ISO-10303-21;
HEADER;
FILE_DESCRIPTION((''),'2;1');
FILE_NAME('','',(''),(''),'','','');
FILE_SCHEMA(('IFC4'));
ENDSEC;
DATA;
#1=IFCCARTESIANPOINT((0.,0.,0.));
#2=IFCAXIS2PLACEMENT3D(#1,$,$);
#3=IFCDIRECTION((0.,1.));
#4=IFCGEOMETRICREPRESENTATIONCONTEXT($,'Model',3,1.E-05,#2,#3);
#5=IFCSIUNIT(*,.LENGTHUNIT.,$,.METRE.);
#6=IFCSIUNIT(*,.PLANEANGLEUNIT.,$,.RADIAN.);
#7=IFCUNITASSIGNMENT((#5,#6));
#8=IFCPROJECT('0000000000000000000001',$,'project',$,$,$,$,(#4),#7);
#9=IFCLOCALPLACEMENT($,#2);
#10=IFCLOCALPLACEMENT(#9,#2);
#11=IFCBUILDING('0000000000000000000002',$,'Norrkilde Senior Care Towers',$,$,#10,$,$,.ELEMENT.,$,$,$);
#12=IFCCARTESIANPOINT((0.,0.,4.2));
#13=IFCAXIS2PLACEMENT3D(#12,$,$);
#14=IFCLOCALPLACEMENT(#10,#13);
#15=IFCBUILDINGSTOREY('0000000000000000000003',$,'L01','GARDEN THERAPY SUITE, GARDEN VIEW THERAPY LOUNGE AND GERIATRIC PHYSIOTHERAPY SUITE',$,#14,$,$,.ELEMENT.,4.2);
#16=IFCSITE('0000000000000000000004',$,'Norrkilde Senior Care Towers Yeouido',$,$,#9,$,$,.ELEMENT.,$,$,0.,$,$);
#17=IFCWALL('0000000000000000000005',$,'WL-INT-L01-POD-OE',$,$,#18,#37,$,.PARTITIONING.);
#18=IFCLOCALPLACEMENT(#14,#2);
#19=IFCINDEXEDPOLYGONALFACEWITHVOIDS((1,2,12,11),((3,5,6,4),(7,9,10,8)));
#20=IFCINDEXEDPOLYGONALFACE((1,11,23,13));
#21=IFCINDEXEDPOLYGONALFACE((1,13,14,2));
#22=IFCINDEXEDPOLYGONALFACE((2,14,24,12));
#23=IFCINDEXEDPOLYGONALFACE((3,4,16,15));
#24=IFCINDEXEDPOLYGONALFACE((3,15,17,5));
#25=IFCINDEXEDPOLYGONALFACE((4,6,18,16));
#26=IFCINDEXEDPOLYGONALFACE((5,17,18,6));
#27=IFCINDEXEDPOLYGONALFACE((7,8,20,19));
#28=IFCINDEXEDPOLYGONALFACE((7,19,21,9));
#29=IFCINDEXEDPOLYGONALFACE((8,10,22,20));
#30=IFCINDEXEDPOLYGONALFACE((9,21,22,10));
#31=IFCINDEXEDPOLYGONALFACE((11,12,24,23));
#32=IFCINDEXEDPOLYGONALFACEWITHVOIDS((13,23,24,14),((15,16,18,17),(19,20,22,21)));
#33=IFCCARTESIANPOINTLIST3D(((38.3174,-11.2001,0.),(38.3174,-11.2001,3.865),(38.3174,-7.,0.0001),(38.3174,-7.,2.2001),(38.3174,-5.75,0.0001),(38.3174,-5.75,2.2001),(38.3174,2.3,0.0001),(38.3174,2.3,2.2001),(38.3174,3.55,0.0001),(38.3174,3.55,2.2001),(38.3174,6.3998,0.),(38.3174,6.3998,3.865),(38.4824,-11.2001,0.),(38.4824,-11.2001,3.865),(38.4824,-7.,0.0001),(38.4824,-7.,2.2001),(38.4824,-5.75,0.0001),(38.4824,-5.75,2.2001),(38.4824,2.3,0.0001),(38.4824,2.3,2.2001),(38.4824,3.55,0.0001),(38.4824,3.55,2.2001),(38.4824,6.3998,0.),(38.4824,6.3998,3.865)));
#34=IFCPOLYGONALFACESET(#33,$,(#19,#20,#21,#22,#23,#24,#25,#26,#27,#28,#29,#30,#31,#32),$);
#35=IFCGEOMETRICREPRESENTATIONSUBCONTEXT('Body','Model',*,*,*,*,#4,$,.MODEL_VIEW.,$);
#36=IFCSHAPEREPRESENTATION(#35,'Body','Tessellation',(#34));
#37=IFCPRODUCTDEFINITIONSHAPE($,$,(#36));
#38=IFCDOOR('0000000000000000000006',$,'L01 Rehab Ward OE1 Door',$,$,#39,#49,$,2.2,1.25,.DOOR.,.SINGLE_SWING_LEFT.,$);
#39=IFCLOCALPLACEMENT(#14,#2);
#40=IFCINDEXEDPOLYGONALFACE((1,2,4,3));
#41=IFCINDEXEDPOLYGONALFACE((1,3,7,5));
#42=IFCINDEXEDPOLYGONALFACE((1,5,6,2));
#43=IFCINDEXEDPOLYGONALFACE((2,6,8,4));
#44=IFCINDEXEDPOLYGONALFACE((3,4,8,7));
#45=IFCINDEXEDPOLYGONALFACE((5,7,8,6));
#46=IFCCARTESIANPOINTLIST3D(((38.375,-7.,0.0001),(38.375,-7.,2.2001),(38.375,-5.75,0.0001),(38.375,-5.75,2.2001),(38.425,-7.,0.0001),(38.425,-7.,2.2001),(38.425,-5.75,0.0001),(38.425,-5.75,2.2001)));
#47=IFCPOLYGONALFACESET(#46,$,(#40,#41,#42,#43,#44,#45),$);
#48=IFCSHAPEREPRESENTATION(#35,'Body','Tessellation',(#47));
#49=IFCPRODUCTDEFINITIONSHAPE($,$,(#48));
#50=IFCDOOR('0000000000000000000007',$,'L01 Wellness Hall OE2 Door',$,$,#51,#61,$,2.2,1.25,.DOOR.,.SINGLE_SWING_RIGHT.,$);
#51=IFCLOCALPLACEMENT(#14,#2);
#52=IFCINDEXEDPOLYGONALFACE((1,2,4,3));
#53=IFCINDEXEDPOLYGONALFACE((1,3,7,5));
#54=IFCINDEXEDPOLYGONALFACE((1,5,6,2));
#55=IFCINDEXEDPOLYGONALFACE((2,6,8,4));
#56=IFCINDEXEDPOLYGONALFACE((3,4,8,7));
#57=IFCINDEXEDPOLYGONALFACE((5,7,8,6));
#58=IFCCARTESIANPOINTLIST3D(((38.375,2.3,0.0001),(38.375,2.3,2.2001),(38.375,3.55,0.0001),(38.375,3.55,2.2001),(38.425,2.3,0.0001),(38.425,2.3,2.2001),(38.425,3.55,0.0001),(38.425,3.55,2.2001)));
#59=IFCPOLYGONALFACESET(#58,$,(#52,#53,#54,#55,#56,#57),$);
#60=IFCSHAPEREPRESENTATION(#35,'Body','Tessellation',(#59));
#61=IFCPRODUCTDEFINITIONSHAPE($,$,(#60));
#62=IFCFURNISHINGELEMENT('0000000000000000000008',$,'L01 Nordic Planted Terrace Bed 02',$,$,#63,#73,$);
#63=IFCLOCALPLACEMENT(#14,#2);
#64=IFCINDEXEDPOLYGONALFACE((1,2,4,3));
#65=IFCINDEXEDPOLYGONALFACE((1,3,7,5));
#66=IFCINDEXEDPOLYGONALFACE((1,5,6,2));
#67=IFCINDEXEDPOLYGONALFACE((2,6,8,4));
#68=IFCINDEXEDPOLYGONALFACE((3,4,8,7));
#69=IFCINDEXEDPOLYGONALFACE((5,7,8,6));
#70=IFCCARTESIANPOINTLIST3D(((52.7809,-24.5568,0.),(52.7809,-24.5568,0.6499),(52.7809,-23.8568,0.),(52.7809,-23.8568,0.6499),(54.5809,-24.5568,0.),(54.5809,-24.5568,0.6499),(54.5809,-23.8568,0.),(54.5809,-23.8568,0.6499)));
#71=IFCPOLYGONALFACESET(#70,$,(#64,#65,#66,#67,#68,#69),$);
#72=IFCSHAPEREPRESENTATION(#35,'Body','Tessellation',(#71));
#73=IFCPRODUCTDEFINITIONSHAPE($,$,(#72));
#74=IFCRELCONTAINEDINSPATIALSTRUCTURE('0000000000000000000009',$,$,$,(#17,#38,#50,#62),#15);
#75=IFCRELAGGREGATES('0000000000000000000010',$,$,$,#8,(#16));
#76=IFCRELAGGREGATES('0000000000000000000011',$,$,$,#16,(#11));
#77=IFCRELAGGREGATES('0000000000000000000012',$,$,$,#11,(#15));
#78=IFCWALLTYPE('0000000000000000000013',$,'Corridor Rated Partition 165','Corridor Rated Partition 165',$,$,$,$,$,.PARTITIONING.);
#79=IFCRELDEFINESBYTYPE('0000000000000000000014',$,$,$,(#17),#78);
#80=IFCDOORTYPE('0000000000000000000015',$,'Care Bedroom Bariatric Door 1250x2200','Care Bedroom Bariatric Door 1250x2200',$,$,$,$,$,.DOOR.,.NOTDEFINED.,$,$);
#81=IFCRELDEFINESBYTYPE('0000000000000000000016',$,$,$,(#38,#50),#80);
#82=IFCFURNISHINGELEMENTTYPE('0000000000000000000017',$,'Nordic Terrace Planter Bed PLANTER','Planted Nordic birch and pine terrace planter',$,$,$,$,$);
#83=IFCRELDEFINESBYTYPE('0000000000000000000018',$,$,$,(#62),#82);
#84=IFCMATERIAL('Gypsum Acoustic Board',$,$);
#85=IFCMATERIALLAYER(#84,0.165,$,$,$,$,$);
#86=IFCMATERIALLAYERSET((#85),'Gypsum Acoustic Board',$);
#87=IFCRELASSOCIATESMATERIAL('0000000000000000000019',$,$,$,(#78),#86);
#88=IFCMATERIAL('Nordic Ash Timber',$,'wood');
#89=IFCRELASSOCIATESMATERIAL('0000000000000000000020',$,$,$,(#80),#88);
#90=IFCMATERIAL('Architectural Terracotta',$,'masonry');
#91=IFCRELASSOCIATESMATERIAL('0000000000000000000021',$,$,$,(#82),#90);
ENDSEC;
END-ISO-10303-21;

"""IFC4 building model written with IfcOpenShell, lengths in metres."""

from ifc_helpers import new_model, si_unit, direction, frame, frame_2d, origin, origin_2d, place, context, subcontext, project, spatial, rectangle, extrude, source, transform, mapped, material, layer, layer_set, type_object, type_shapes, element, fill, save


model = new_model("IFC4")

# Units and contexts
model_context = context("Model", 3, precision=1e-05, world=origin(), true_north=direction((0.0, 1.0)))
body_context = subcontext(model_context, "Body", "Model", "MODEL_VIEW")
ifc_project = project(units=[si_unit("LENGTHUNIT", "METRE"), si_unit("PLANEANGLEUNIT", "RADIAN")], contexts=[model_context])

# Site, building, storey
site_placement = place(None, origin())
site = spatial("IfcSite", under=ifc_project, at=site_placement, Name="Norrkilde Senior Care Towers Yeouido", CompositionType="ELEMENT", RefElevation=0.0)
building_placement = place(site_placement, origin())
building = spatial("IfcBuilding", under=site, at=building_placement, Name="Norrkilde Senior Care Towers", CompositionType="ELEMENT")
storey_placement = place(building_placement, frame((0.0, 0.0, 4.2)))
storey = spatial("IfcBuildingStorey", under=building, at=storey_placement, Name="L01", Description="GARDEN THERAPY SUITE, GARDEN VIEW THERAPY LOUNGE AND GERIATRIC PHYSIOTHERAPY SUITE", CompositionType="ELEMENT", Elevation=4.2)

# Wall, openings, doors
ifc_material_1 = material(Name="Gypsum Acoustic Board")
ifc_layer_1 = layer(ifc_material_1, 0.165)
ifc_layer_set_1 = layer_set([ifc_layer_1], Name="Gypsum Acoustic Board")
wall_type_1 = type_object("IfcWallType", Name="Corridor Rated Partition 165", Description="Corridor Rated Partition 165", PredefinedType="PARTITIONING", material=ifc_layer_set_1)
shared_shape_1 = source(origin(), body_context, "Body", "SweptSolid", [
    extrude(rectangle(XDim=17.5999, YDim=0.165, at=frame_2d((8.7998, 0.0))), origin(), (0.0, 0.0, 1.0), 3.865),
])
type_shapes(wall_type_1, [shared_shape_1])
wall_1_placement = place(storey_placement, frame((38.3999, -11.2, 0.0), z_axis=(0.0, 0.0, 1.0), x_axis=(0.0, 1.0, 0.0)))
wall_1 = element("IfcWall", 1, at=wall_1_placement, inside=storey, type_object=wall_type_1, Name="WL-INT-L01-POD-OE", PredefinedType="PARTITIONING", context=body_context, shape_type="MappedRepresentation", body=[
    mapped(shared_shape_1, transform((0.0, 0.0, 0.0), x_axis=(1.0, 0.0, 0.0), y_axis=(0.0, 1.0, 0.0), z_axis=(0.0, 0.0, 1.0), scale=1.0)),
])
opening_1_placement = place(wall_1_placement, frame((4.2, 0.0, 0.0)))
opening_1 = element("IfcOpeningElement", 2, at=opening_1_placement, cuts=wall_1, PredefinedType="OPENING", context=body_context, shape_type="SweptSolid", body=[
    extrude(rectangle(XDim=1.25, YDim=2.2, at=frame_2d((0.625, 1.1001))), frame((0.0, 0.0925, 0.0), z_axis=(0.0, -1.0, 0.0), x_axis=(1.0, 0.0, 0.0)), (0.0, 0.0, 1.0), 0.1851),
])
opening_2_placement = place(wall_1_placement, frame((13.5, 0.0, 0.0)))
opening_2 = element("IfcOpeningElement", 3, at=opening_2_placement, cuts=wall_1, PredefinedType="OPENING", context=body_context, shape_type="SweptSolid", body=[
    extrude(rectangle(XDim=1.25, YDim=2.2, at=frame_2d((0.625, 1.1001))), frame((0.0, 0.0925, 0.0), z_axis=(0.0, -1.0, 0.0), x_axis=(1.0, 0.0, 0.0)), (0.0, 0.0, 1.0), 0.1851),
])
ifc_material_2 = material(Name="Nordic Ash Timber", Category="wood")
door_type_1 = type_object("IfcDoorType", Name="Care Bedroom Bariatric Door 1250x2200", Description="Care Bedroom Bariatric Door 1250x2200", OperationType="NOTDEFINED", PredefinedType="DOOR", material=ifc_material_2)
shared_shape_2 = source(origin(), body_context, "Body", "SweptSolid", [
    extrude(rectangle(XDim=1.25, YDim=2.2, at=frame_2d((0.625, 1.1001))), frame((0.0, 0.0249, 0.0), z_axis=(0.0, -1.0, 0.0), x_axis=(1.0, 0.0, 0.0)), (0.0, 0.0, 1.0), 0.05),
])
type_shapes(door_type_1, [shared_shape_2])
door_1_placement = place(opening_1_placement, origin())
door_1 = element("IfcDoor", 4, at=door_1_placement, inside=storey, type_object=door_type_1, Name="L01 Rehab Ward OE1 Door", OperationType="SINGLE_SWING_LEFT", OverallHeight=2.2, OverallWidth=1.25, PredefinedType="DOOR", context=body_context, shape_type="MappedRepresentation", body=[
    mapped(shared_shape_2, transform((0.0, 0.0, 0.0), x_axis=(1.0, 0.0, 0.0), y_axis=(0.0, 1.0, 0.0), z_axis=(0.0, 0.0, 1.0), scale=1.0)),
])
fill(opening_1, door_1)
door_2_placement = place(opening_2_placement, origin())
door_2 = element("IfcDoor", 5, at=door_2_placement, inside=storey, type_object=door_type_1, Name="L01 Wellness Hall OE2 Door", OperationType="SINGLE_SWING_RIGHT", OverallHeight=2.2, OverallWidth=1.25, PredefinedType="DOOR", context=body_context, shape_type="MappedRepresentation", body=[
    mapped(shared_shape_2, transform((0.0, 0.0, 0.0), x_axis=(1.0, 0.0, 0.0), y_axis=(0.0, 1.0, 0.0), z_axis=(0.0, 0.0, 1.0), scale=1.0)),
])
fill(opening_2, door_2)

# Furnishing element
ifc_material_3 = material(Name="Architectural Terracotta", Category="masonry")
furnishing_element_type = type_object("IfcFurnishingElementType", Name="Nordic Terrace Planter Bed PLANTER", Description="Planted Nordic birch and pine terrace planter", material=ifc_material_3)
shared_shape_3 = source(origin(), body_context, "Body", "SweptSolid", [
    extrude(rectangle(XDim=1.8, YDim=0.7, at=origin_2d()), origin(), (0.0, 0.0, 1.0), 0.6499),
])
type_shapes(furnishing_element_type, [shared_shape_3])
furnishing_placement = place(storey_placement, frame((53.6809, -24.2068, 0.0), z_axis=(0.0, 0.0, 1.0), x_axis=(1.0, 0.0, 0.0)))
element("IfcFurnishingElement", 6, at=furnishing_placement, inside=storey, type_object=furnishing_element_type, Name="L01 Nordic Planted Terrace Bed 02", context=body_context, shape_type="MappedRepresentation", body=[
    mapped(shared_shape_3, transform((0.0, 0.0, 0.0), x_axis=(1.0, 0.0, 0.0), y_axis=(0.0, 1.0, 0.0), z_axis=(0.0, 0.0, 1.0), scale=1.0)),
])

save(model, "model.ifc")
